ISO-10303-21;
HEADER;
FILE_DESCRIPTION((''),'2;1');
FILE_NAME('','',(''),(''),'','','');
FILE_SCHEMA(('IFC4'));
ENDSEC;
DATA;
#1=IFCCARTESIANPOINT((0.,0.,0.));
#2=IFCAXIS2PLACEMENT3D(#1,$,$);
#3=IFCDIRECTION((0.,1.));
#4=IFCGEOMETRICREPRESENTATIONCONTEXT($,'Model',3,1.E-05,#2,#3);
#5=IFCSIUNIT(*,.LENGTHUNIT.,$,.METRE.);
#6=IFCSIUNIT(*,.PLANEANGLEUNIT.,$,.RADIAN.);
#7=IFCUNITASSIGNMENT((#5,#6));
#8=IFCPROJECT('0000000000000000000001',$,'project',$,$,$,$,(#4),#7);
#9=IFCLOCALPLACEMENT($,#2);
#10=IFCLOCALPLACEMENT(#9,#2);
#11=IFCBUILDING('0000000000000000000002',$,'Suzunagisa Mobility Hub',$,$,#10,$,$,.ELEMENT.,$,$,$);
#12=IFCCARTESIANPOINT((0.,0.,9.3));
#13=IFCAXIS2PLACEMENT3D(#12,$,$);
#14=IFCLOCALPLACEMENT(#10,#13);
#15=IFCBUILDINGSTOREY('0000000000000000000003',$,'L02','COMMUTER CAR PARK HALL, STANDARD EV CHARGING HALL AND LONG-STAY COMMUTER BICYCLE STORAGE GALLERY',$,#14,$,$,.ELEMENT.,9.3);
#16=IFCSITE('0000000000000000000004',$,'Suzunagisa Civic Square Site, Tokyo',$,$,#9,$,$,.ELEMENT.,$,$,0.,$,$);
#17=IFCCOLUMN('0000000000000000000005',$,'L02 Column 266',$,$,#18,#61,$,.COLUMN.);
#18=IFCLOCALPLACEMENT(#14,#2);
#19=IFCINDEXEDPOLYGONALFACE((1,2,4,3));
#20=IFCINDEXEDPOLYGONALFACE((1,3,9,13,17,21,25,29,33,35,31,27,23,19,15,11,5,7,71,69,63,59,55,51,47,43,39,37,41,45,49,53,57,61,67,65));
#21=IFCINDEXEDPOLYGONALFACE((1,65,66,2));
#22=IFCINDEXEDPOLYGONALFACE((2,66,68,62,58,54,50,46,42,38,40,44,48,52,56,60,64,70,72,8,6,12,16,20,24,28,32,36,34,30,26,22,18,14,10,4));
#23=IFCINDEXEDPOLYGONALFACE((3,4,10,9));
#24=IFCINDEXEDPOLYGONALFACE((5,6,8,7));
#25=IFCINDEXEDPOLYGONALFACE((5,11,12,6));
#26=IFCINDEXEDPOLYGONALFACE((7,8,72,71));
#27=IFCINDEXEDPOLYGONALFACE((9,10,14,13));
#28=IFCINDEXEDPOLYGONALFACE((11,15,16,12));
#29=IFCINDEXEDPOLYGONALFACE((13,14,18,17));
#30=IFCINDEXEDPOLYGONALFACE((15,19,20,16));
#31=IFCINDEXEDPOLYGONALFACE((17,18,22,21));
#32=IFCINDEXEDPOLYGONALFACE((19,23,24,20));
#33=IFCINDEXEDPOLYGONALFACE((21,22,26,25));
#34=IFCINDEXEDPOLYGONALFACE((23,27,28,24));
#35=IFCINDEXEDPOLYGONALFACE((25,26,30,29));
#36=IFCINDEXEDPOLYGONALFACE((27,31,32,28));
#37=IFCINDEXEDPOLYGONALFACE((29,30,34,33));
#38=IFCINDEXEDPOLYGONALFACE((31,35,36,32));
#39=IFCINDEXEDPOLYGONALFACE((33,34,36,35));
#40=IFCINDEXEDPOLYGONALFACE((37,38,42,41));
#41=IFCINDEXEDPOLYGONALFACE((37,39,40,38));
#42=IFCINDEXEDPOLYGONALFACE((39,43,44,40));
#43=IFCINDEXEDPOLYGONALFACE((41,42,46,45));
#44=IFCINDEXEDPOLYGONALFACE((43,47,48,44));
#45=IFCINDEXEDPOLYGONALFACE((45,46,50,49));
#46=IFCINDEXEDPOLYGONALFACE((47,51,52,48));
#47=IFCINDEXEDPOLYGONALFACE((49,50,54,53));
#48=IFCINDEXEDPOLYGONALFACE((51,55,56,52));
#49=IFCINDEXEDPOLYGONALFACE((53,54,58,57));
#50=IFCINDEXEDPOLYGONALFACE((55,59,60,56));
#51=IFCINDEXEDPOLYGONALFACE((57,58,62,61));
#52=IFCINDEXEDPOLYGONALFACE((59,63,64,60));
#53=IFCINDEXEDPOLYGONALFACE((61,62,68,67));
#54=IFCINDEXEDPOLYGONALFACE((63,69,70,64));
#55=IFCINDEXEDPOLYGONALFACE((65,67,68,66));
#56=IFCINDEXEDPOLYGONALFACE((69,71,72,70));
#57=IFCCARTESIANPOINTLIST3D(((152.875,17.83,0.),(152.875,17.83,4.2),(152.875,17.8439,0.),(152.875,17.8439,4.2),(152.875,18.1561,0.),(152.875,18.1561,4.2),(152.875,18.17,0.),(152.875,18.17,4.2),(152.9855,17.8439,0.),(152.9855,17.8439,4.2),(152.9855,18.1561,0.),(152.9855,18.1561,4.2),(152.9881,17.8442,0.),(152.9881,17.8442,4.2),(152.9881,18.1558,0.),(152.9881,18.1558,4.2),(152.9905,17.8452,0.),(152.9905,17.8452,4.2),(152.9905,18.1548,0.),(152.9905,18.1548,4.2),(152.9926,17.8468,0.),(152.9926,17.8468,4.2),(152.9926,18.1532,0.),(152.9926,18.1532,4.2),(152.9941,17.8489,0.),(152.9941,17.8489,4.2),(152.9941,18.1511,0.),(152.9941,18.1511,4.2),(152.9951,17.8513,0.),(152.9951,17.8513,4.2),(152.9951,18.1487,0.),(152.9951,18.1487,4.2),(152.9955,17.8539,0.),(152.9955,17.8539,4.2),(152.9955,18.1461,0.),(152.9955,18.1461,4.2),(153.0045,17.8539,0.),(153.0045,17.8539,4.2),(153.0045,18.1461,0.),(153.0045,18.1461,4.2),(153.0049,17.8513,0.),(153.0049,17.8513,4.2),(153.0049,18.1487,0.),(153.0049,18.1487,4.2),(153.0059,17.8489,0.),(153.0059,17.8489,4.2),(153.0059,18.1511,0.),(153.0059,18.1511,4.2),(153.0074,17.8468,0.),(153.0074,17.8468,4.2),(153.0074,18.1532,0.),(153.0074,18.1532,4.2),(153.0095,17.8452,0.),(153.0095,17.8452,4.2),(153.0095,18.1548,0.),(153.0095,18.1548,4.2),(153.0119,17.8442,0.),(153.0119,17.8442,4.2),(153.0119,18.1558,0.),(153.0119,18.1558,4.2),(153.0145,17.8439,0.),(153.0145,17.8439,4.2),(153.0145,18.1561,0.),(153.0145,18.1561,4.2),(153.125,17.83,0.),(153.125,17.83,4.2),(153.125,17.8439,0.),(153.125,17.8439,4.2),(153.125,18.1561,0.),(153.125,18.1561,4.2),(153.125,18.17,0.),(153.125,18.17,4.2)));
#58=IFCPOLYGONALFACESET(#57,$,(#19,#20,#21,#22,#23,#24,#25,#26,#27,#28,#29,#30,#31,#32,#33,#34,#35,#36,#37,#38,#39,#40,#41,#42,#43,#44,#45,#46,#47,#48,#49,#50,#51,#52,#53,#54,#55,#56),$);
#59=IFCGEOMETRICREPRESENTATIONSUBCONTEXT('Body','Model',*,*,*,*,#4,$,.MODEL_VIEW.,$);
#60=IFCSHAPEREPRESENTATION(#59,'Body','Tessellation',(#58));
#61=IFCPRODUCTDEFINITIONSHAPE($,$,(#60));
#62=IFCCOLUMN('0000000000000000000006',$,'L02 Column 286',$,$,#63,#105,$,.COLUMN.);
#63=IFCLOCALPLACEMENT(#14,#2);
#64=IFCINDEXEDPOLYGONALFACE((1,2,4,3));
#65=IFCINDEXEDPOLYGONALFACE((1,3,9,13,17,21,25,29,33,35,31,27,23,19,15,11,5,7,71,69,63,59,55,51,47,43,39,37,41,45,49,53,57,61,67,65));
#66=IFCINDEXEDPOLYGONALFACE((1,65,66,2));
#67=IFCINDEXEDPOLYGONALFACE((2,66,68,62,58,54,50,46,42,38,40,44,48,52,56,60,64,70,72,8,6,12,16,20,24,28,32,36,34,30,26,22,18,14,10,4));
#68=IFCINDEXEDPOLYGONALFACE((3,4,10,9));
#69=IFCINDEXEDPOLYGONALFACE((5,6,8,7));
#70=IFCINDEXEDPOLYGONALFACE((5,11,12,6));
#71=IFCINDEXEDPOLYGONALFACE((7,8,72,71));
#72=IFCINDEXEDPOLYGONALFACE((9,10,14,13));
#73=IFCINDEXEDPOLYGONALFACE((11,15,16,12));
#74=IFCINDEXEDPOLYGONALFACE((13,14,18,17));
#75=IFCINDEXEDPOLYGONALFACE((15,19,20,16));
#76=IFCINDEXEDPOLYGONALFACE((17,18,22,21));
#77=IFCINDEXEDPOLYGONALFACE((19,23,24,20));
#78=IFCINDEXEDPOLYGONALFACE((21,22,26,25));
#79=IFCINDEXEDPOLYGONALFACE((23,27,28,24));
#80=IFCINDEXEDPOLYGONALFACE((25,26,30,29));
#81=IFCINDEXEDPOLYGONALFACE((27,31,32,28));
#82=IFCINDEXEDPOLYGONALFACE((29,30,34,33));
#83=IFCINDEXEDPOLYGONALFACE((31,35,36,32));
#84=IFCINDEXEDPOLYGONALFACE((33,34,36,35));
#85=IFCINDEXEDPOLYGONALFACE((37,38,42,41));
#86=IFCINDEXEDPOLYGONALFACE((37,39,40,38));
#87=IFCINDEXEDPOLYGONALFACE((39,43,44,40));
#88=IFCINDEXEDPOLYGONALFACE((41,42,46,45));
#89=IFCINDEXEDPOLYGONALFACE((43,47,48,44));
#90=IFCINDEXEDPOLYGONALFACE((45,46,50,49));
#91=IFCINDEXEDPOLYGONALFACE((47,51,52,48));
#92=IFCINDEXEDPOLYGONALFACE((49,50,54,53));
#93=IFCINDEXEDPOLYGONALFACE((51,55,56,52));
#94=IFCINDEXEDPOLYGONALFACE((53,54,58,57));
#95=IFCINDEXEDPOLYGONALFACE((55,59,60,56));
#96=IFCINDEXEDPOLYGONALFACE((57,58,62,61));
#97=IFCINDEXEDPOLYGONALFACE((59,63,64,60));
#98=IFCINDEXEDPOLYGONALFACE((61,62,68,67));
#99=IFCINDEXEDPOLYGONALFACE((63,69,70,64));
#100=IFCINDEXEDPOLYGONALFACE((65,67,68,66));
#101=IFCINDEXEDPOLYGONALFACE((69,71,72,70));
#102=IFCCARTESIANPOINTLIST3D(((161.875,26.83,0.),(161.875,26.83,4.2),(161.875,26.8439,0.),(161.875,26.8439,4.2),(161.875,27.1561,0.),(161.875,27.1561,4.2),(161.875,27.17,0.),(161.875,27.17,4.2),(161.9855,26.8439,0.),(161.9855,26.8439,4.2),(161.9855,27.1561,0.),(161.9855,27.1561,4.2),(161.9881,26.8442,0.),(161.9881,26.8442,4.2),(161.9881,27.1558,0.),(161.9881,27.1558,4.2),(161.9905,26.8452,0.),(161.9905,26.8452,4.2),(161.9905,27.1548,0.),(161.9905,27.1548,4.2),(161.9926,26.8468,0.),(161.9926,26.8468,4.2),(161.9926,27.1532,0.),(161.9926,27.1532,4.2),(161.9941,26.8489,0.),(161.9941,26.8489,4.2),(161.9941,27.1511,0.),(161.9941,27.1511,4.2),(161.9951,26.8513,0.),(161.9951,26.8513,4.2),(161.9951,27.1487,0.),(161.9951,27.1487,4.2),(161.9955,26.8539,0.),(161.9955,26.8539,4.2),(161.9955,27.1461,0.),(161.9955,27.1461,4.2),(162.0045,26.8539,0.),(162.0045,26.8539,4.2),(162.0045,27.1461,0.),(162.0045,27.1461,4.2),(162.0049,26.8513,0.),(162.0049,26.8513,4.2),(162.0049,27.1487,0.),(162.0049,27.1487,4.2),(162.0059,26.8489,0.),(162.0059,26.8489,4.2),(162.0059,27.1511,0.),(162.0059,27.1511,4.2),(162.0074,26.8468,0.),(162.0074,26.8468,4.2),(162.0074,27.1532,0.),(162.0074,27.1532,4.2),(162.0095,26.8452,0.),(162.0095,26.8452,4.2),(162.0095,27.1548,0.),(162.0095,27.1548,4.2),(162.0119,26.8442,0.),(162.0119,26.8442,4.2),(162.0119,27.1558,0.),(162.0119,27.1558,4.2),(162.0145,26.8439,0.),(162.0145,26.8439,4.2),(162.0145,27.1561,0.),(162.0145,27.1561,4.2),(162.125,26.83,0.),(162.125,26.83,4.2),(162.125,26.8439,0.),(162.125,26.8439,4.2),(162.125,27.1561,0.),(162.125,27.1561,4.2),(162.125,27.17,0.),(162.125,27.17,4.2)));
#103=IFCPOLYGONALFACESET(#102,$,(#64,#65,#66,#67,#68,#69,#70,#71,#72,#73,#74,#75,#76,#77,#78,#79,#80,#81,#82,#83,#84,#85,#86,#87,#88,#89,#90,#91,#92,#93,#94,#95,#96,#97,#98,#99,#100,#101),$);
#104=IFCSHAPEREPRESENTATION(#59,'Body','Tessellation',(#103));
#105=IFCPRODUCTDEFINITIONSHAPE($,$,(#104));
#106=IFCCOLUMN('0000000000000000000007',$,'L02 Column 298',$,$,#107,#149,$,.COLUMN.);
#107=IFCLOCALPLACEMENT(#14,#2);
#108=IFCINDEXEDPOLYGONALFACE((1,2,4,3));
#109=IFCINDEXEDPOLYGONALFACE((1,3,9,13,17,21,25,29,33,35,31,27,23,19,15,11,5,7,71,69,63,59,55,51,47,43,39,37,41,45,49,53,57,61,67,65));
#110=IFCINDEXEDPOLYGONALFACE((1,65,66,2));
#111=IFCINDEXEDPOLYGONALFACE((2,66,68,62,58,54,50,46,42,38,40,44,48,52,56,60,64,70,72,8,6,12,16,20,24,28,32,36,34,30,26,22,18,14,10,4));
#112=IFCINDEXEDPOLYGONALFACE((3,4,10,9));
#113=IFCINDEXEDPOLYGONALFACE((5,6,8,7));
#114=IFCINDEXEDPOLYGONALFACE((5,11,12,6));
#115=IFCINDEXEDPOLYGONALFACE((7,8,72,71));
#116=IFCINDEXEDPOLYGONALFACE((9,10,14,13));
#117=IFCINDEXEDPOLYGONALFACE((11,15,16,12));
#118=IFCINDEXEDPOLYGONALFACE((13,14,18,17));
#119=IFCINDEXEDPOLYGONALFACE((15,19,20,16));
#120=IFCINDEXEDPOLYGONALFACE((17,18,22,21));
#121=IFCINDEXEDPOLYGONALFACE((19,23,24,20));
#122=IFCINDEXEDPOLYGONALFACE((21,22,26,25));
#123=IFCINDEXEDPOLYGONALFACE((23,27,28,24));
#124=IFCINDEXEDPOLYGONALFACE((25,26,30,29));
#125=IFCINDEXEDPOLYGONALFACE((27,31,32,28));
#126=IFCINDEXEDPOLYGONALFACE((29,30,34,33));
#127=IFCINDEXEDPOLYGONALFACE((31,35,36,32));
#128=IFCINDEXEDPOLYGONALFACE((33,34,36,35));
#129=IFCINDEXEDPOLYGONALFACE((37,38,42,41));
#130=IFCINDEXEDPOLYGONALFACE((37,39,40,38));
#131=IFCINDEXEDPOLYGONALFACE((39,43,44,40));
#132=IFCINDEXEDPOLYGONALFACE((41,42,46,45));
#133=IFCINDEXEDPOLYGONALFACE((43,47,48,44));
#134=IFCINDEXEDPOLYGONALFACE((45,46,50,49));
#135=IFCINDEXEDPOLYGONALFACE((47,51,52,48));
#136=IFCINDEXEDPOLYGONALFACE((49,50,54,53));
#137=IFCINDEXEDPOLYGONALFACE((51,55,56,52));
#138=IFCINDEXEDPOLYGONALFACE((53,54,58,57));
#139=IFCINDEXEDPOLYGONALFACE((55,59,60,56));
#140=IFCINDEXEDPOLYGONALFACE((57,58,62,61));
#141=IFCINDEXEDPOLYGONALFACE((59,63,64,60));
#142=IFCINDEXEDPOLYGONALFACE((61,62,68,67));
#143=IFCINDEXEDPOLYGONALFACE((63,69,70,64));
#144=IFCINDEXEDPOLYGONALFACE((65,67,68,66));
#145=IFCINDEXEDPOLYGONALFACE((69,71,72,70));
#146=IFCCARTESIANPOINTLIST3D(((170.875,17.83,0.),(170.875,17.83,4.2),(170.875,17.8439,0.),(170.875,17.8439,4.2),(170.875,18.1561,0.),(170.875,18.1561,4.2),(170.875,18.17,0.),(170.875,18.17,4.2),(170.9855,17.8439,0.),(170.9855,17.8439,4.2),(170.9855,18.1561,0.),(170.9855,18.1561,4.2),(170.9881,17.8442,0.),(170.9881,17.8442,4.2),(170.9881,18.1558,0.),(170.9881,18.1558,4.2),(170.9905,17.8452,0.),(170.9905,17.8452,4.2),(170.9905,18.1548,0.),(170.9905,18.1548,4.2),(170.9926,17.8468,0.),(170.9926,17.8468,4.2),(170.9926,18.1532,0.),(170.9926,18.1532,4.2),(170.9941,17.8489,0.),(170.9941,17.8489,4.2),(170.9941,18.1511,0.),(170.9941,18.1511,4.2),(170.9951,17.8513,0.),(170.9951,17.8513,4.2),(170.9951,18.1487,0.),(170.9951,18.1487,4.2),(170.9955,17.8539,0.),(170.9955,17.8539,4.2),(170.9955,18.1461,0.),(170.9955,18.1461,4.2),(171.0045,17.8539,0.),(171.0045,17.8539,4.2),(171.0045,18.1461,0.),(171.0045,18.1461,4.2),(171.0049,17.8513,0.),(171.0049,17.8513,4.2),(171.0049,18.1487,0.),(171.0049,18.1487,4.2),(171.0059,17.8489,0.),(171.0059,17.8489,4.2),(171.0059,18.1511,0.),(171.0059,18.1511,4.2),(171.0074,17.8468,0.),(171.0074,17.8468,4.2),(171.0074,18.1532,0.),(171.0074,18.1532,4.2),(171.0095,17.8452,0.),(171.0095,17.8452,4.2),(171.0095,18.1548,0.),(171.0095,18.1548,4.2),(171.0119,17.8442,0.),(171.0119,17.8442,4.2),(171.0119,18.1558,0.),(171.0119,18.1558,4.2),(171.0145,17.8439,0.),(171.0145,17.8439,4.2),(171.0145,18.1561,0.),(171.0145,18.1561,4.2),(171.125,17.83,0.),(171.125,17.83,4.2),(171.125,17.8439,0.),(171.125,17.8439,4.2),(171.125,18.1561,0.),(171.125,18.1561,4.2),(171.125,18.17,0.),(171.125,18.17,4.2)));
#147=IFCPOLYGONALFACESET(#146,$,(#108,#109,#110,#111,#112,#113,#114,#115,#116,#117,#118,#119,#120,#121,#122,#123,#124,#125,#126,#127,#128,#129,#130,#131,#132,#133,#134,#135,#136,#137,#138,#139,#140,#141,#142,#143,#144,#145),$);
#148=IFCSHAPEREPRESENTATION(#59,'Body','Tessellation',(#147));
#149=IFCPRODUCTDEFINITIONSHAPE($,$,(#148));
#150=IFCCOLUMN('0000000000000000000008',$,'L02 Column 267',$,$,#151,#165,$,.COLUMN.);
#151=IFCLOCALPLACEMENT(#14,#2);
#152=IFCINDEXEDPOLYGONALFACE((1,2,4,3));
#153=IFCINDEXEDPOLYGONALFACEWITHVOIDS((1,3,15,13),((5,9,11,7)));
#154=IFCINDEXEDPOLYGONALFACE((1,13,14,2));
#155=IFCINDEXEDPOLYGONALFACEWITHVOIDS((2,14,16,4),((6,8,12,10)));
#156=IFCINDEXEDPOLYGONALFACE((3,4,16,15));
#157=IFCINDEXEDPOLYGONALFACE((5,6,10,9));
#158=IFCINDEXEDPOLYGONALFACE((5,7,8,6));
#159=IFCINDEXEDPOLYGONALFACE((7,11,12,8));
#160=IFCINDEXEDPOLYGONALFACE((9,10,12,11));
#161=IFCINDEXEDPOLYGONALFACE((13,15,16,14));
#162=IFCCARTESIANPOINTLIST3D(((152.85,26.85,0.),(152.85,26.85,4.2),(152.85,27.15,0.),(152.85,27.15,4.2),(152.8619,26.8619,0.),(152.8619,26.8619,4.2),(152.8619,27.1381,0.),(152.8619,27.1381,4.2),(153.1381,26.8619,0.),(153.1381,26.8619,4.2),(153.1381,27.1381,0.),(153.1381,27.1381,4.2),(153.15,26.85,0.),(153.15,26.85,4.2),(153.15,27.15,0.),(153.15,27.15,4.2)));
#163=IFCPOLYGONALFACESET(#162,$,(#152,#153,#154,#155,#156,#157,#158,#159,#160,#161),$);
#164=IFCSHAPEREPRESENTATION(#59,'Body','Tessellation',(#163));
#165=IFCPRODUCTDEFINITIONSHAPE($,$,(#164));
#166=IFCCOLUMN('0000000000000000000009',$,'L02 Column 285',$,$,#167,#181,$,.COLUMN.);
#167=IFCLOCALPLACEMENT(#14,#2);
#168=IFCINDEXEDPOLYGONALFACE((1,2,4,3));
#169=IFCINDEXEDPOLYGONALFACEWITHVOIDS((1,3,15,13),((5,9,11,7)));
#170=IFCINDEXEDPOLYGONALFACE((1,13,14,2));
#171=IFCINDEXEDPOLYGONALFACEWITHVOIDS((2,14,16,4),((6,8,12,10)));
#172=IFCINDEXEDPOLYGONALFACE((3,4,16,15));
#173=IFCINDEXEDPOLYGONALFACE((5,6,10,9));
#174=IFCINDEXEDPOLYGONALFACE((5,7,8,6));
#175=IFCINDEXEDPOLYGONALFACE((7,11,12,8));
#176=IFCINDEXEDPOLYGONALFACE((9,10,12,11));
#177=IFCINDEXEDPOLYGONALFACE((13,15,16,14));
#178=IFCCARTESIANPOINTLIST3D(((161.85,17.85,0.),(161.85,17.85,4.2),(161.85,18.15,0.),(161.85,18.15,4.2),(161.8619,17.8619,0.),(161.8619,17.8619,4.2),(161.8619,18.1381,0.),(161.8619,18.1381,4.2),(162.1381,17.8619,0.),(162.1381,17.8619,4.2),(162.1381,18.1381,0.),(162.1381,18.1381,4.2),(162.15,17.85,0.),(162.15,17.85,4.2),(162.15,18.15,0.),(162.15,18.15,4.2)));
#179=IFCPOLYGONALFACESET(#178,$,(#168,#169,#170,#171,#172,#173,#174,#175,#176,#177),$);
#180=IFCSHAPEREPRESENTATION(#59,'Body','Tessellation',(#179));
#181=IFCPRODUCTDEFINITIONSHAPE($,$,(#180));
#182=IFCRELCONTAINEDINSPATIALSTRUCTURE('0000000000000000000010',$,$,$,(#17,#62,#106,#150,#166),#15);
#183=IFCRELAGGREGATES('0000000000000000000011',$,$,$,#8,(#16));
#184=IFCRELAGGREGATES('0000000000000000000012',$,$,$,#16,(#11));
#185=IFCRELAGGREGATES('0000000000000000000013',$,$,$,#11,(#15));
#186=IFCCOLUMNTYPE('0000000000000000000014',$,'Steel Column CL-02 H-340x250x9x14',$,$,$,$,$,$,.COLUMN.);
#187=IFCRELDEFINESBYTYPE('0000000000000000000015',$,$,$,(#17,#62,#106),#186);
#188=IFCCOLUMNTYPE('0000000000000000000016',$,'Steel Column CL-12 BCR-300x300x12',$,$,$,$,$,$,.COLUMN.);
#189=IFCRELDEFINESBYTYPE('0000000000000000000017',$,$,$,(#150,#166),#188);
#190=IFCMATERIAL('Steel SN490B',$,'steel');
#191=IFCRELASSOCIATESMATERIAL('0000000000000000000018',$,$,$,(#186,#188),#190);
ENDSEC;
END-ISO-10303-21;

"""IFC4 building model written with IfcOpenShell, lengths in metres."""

from ifc_helpers import new_model, si_unit, direction, frame, origin, origin_2d, place, context, subcontext, project, spatial, hollow_rectangle, i_section, extrude, material, material_profile, profile_set, type_object, element, save


model = new_model("IFC4")

# Units and contexts
model_context = context("Model", 3, precision=1e-05, world=origin(), true_north=direction((0.0, 1.0)))
body_context = subcontext(model_context, "Body", "Model", "MODEL_VIEW")
ifc_project = project(units=[si_unit("LENGTHUNIT", "METRE"), si_unit("PLANEANGLEUNIT", "RADIAN")], contexts=[model_context])

# Site, building, storey
site_placement = place(None, origin())
site = spatial("IfcSite", under=ifc_project, at=site_placement, Name="Suzunagisa Civic Square Site, Tokyo", CompositionType="ELEMENT", RefElevation=0.0)
building_placement = place(site_placement, origin())
building = spatial("IfcBuilding", under=site, at=building_placement, Name="Suzunagisa Mobility Hub", CompositionType="ELEMENT")
storey_placement = place(building_placement, frame((0.0, 0.0, 9.3)))
storey = spatial("IfcBuildingStorey", under=building, at=storey_placement, Name="L02", Description="COMMUTER CAR PARK HALL, STANDARD EV CHARGING HALL AND LONG-STAY COMMUTER BICYCLE STORAGE GALLERY", CompositionType="ELEMENT", Elevation=9.3)

# Columns
ifc_material_1 = material(Name="Steel SN490B", Category="steel")
ifc_material_profile_1 = material_profile(ifc_material_1, i_section(OverallWidth=0.25, OverallDepth=0.3401, WebThickness=0.009, FlangeThickness=0.0139, FilletRadius=0.01, at=origin_2d()), Name="H-340x250x9x14")
ifc_profile_set_1 = profile_set([ifc_material_profile_1], Name="Steel SN490B")
column_type_1 = type_object("IfcColumnType", Name="Steel Column CL-02 H-340x250x9x14", PredefinedType="COLUMN", material=ifc_profile_set_1)
for number, where, z_axis, x_axis, name in (
    (1, (153.0, 18.0, 0.0), (0.0, 0.0, 1.0), (1.0, 0.0, 0.0), "L02 Column 266"),
    (2, (162.0, 27.0, 0.0), (0.0, 0.0, 1.0), (1.0, 0.0, 0.0), "L02 Column 286"),
    (3, (171.0, 18.0, 0.0), (0.0, 0.0, 1.0), (1.0, 0.0, 0.0), "L02 Column 298"),
):
    element("IfcColumn", number, at=place(storey_placement, frame(where, z_axis=z_axis, x_axis=x_axis)), inside=storey, type_object=column_type_1, Name=name, PredefinedType="COLUMN", context=body_context, shape_type="SweptSolid", body=[
        extrude(i_section(OverallWidth=0.25, OverallDepth=0.3401, WebThickness=0.009, FlangeThickness=0.0139, FilletRadius=0.01, at=origin_2d()), origin(), (0.0, 0.0, 1.0), 4.2),
    ])
ifc_material_profile_2 = material_profile(ifc_material_1, hollow_rectangle(XDim=0.3, YDim=0.3, WallThickness=0.012, at=origin_2d()), Name="BCR-300x300x12")
ifc_profile_set_2 = profile_set([ifc_material_profile_2], Name="Steel SN490B")
column_type_2 = type_object("IfcColumnType", Name="Steel Column CL-12 BCR-300x300x12", PredefinedType="COLUMN", material=ifc_profile_set_2)
for number, where, z_axis, x_axis, name in (
    (4, (153.0, 27.0, 0.0), (0.0, 0.0, 1.0), (1.0, 0.0, 0.0), "L02 Column 267"),
    (5, (162.0, 18.0, 0.0), (0.0, 0.0, 1.0), (1.0, 0.0, 0.0), "L02 Column 285"),
):
    element("IfcColumn", number, at=place(storey_placement, frame(where, z_axis=z_axis, x_axis=x_axis)), inside=storey, type_object=column_type_2, Name=name, PredefinedType="COLUMN", context=body_context, shape_type="SweptSolid", body=[
        extrude(hollow_rectangle(XDim=0.3, YDim=0.3, WallThickness=0.012, at=origin_2d()), origin(), (0.0, 0.0, 1.0), 4.2),
    ])

save(model, "model.ifc")
